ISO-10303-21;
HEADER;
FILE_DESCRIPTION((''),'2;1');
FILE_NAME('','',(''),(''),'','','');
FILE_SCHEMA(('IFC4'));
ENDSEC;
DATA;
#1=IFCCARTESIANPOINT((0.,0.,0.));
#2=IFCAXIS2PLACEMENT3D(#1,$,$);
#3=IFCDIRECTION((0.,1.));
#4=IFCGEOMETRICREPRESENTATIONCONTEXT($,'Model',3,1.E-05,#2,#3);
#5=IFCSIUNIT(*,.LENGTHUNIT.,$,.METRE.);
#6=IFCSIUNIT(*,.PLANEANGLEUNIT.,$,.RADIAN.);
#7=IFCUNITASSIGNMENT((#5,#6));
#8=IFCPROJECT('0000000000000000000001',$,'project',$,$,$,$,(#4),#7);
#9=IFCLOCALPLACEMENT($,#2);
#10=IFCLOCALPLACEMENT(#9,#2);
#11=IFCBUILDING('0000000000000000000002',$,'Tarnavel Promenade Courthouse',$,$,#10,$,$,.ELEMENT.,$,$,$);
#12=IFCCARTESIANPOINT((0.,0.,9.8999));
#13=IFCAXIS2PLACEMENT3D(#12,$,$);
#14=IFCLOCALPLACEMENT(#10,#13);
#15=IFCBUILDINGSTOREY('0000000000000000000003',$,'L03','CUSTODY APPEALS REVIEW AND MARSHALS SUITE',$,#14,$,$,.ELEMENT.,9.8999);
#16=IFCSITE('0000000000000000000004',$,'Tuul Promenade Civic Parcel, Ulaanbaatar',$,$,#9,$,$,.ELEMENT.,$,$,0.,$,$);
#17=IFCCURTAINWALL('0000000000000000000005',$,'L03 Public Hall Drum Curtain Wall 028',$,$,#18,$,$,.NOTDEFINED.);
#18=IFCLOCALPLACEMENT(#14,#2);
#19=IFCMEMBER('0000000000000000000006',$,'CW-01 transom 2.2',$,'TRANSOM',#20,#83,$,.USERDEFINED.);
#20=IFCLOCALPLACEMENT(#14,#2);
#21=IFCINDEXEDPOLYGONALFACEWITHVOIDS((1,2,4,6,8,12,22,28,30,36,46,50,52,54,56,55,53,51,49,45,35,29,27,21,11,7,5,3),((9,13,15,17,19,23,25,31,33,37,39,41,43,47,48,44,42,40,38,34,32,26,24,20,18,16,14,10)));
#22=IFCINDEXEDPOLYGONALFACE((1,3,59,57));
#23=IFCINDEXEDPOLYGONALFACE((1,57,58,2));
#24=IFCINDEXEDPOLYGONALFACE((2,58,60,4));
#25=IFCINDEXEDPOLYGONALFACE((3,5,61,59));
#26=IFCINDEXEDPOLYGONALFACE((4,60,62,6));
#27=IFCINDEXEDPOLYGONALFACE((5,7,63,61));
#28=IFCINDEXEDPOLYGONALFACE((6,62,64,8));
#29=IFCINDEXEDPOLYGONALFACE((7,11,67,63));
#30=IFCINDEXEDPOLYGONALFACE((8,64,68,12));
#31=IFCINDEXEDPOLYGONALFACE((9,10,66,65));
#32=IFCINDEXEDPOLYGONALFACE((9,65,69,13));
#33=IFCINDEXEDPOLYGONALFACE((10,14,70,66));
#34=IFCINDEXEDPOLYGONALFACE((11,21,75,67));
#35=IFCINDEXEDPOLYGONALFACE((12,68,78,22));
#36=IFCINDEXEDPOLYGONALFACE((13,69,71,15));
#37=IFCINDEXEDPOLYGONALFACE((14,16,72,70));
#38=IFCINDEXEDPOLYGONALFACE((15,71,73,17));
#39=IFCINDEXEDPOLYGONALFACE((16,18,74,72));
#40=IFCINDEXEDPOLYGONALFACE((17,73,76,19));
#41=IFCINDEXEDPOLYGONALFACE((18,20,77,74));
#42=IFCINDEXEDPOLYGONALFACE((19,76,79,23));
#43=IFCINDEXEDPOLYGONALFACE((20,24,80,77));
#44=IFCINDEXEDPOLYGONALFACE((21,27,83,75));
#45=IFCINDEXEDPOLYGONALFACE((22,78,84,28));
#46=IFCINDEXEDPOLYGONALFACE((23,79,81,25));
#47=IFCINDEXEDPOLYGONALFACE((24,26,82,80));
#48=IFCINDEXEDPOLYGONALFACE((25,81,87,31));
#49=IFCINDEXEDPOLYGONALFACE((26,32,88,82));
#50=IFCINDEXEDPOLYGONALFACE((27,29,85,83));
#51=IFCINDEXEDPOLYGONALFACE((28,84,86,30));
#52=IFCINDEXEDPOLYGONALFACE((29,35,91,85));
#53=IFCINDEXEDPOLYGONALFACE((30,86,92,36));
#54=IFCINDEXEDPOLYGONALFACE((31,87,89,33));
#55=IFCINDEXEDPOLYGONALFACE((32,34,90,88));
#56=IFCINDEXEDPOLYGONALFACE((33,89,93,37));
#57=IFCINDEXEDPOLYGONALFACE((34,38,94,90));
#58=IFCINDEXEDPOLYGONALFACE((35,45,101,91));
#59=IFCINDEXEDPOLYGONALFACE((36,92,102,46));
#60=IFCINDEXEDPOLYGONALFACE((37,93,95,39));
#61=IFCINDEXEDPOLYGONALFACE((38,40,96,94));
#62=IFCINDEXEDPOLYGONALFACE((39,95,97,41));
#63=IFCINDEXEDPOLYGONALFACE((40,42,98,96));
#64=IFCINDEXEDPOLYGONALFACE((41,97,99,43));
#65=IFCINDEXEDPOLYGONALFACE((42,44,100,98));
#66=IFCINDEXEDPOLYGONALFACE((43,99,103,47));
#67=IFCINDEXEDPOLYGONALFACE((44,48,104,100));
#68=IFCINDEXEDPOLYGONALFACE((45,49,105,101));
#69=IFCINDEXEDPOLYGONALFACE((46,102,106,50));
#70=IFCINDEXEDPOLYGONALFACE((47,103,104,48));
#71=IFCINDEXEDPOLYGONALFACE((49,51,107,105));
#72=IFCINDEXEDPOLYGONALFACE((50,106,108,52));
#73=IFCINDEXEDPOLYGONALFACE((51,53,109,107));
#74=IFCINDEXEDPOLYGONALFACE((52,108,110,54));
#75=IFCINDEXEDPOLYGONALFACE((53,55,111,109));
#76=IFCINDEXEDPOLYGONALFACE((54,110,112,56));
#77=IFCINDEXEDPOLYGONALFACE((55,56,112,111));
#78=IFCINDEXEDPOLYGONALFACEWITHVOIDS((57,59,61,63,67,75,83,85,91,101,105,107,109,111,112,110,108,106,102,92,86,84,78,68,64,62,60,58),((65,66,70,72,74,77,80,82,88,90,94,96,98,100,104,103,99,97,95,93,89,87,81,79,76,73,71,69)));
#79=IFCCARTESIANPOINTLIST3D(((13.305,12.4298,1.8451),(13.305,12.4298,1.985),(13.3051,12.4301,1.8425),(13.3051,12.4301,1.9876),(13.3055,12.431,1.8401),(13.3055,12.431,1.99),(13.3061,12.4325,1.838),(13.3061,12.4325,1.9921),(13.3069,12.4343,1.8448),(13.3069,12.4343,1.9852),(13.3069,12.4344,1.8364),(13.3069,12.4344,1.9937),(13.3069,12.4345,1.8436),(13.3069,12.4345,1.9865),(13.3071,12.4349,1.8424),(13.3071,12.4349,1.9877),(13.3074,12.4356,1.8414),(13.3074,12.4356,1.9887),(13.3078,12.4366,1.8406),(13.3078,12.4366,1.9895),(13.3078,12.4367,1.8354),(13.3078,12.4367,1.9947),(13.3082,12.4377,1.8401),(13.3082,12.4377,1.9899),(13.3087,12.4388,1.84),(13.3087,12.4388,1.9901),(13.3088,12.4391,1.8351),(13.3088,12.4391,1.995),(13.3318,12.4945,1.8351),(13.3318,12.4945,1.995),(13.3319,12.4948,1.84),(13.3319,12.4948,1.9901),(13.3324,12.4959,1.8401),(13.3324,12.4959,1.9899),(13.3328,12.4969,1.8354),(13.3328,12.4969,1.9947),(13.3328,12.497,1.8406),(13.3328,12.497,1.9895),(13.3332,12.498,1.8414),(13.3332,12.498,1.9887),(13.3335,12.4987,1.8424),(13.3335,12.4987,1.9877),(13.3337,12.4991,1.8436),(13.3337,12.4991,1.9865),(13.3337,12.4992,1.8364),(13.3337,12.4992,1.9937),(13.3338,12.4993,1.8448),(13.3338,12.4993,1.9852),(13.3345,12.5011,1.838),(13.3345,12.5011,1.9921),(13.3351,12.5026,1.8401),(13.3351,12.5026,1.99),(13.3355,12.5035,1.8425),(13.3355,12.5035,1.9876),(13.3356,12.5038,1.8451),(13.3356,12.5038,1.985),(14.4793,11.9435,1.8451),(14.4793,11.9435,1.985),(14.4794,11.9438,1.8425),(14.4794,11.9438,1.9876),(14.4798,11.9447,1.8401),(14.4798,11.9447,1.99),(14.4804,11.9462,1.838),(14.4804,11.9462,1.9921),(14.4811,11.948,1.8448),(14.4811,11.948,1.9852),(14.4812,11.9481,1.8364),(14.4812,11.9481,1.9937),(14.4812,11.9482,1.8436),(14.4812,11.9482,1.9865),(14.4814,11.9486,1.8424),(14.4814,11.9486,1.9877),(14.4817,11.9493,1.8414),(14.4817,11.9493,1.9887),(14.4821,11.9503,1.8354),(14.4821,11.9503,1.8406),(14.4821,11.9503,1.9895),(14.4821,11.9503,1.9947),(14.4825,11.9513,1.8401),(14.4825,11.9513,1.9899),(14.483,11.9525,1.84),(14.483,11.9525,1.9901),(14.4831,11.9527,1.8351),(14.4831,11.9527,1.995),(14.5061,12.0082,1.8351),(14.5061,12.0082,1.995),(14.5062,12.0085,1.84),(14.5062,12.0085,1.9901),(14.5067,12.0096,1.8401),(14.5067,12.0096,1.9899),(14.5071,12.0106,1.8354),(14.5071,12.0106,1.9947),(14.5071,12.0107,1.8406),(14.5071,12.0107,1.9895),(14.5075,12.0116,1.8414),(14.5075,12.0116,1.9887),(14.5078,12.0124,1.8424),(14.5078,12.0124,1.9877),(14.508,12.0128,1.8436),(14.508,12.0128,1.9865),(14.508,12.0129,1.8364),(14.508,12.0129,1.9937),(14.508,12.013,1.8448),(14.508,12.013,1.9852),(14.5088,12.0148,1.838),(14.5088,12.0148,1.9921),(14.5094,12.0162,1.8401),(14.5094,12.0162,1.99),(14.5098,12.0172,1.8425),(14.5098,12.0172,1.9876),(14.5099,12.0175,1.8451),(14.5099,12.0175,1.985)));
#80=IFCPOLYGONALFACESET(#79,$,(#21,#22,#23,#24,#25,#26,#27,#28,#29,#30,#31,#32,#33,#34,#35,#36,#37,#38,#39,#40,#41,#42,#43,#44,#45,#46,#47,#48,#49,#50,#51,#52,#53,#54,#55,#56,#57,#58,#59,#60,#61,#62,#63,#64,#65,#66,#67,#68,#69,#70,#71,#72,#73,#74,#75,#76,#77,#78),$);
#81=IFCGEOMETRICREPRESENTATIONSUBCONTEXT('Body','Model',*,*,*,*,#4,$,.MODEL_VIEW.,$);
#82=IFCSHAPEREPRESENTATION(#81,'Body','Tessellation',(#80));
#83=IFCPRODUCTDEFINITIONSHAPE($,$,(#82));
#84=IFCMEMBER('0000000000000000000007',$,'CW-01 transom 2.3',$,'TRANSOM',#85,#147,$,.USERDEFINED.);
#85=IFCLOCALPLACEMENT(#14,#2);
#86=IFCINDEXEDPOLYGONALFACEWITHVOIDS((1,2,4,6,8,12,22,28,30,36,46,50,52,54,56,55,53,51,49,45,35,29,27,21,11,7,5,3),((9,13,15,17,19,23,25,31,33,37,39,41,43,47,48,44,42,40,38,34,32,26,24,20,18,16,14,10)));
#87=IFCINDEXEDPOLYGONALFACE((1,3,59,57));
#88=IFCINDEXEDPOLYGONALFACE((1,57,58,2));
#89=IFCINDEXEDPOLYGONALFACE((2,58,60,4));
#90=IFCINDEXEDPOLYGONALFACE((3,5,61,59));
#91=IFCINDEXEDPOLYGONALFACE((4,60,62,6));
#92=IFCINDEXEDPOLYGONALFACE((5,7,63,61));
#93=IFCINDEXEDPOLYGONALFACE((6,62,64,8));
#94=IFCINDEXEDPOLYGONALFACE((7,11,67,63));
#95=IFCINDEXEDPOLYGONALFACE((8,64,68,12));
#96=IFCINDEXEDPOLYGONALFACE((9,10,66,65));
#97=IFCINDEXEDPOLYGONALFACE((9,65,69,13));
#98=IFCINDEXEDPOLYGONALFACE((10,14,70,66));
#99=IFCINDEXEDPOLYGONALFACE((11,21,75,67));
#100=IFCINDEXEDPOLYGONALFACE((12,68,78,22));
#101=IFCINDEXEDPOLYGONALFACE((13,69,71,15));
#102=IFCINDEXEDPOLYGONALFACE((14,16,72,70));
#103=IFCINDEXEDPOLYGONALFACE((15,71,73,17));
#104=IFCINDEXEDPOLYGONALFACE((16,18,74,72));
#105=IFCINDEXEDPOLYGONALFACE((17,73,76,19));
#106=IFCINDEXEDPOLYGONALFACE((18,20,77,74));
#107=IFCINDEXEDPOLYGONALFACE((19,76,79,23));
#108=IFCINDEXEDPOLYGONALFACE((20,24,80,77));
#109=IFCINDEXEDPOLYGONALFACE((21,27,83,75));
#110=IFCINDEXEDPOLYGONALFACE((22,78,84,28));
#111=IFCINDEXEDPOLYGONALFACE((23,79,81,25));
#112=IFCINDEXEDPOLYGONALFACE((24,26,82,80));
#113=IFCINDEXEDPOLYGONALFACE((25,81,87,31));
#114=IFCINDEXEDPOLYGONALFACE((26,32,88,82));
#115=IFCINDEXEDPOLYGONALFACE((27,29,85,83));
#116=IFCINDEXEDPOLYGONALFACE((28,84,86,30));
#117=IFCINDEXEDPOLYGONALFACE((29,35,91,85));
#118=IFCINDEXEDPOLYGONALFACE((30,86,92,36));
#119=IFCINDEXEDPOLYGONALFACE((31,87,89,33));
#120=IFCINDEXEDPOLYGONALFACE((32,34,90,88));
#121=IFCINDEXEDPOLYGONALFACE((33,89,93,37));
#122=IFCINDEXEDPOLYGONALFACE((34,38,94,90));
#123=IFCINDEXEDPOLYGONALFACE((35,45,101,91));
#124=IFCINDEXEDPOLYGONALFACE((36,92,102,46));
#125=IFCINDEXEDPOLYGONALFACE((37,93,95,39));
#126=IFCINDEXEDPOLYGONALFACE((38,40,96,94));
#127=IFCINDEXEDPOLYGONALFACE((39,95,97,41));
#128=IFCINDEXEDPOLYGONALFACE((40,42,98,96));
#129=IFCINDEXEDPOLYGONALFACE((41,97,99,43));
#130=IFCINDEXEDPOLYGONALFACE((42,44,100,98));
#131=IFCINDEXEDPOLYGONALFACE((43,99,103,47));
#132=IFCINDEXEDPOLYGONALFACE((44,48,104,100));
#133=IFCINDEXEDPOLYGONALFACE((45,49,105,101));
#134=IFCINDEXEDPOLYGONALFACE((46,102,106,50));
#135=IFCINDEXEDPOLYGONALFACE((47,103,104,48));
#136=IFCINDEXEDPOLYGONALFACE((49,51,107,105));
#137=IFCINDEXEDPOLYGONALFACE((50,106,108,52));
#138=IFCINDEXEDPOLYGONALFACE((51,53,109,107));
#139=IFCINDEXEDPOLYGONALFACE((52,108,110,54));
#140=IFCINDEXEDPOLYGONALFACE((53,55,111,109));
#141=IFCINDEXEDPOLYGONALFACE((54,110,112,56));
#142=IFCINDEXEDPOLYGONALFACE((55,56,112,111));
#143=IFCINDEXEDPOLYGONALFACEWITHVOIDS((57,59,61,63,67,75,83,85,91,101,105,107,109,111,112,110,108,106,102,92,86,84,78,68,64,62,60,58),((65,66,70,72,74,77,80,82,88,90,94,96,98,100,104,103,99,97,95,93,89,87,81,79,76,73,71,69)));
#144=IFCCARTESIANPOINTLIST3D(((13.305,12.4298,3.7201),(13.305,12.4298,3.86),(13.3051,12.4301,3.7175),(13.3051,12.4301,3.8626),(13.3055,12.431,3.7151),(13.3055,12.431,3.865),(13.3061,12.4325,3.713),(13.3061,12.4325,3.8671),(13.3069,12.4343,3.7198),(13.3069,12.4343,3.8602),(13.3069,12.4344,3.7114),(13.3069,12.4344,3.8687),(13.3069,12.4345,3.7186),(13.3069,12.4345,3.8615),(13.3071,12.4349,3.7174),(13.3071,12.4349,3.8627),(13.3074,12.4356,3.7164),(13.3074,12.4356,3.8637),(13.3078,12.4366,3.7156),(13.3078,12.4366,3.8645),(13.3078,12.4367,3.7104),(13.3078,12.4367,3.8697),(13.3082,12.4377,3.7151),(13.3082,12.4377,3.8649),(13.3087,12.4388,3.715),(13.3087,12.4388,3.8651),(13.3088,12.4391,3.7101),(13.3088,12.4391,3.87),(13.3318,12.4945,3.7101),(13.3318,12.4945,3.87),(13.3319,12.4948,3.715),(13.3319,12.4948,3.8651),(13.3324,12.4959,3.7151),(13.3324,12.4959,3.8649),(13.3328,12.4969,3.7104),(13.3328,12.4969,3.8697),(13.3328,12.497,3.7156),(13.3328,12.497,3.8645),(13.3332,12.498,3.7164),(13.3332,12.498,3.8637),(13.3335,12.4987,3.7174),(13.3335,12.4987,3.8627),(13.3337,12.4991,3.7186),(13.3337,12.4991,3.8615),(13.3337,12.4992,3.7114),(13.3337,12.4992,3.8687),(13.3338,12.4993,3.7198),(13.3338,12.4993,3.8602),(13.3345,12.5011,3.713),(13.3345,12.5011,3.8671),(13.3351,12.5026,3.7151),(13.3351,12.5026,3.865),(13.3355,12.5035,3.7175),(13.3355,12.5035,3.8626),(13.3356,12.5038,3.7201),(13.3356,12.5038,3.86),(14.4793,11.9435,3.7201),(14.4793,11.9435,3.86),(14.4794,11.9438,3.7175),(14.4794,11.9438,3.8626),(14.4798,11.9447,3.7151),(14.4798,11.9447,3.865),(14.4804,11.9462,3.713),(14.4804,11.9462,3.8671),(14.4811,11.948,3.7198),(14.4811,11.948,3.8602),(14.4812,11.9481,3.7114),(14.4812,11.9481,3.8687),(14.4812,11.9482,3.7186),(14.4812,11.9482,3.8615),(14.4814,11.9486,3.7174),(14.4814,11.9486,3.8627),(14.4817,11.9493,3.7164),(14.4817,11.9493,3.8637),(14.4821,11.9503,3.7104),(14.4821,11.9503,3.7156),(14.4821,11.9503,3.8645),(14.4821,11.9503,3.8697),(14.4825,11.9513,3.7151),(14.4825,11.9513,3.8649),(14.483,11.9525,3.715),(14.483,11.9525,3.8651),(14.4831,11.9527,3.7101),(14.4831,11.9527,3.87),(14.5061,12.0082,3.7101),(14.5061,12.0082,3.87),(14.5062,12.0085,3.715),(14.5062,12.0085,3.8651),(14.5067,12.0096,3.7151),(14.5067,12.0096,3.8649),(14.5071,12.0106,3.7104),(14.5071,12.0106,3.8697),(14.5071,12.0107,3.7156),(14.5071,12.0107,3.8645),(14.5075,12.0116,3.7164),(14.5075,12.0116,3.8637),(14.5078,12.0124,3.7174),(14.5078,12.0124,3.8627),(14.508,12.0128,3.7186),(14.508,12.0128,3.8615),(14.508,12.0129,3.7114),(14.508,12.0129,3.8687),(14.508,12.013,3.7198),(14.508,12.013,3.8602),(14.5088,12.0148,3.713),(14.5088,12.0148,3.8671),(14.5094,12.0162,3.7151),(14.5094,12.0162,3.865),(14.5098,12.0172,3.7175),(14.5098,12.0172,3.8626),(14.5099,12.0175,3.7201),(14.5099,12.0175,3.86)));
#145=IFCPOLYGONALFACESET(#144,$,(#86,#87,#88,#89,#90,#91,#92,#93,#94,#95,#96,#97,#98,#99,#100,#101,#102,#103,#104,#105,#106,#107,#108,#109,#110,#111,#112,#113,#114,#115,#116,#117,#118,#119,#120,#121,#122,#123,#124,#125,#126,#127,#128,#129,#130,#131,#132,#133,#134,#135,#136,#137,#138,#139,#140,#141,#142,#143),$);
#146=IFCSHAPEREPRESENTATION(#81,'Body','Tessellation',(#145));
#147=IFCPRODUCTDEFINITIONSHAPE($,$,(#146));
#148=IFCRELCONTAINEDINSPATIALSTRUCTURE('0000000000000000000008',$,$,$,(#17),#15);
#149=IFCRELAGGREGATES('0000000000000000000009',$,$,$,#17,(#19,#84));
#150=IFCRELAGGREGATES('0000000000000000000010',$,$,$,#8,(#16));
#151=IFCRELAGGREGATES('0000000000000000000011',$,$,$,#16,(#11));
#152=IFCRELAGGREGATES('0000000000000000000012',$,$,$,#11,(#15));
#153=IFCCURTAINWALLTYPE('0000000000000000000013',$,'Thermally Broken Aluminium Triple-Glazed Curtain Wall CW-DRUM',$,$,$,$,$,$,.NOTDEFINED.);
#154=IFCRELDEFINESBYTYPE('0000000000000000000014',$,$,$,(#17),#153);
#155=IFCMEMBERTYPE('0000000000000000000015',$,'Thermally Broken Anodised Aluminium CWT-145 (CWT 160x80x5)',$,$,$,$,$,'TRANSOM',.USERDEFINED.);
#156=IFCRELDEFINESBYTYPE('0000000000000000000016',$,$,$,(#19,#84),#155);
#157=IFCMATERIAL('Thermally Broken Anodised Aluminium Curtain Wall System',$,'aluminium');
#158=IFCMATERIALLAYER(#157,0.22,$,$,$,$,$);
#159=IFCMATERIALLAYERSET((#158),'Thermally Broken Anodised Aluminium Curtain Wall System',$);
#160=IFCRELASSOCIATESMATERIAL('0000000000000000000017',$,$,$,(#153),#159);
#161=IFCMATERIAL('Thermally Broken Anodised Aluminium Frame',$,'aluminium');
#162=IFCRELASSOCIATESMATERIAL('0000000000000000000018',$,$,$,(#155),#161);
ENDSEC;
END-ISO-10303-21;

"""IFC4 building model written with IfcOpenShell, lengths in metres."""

from ifc_helpers import new_model, si_unit, direction, frame, origin, origin_2d, place, context, subcontext, project, spatial, hollow_rectangle, extrude, material, layer, layer_set, material_profile, profile_set, type_object, element, aggregate, save


model = new_model("IFC4")

# Units and contexts
model_context = context("Model", 3, precision=1e-05, world=origin(), true_north=direction((0.0, 1.0)))
body_context = subcontext(model_context, "Body", "Model", "MODEL_VIEW")
ifc_project = project(units=[si_unit("LENGTHUNIT", "METRE"), si_unit("PLANEANGLEUNIT", "RADIAN")], contexts=[model_context])

# Site, building, storey
site_placement = place(None, origin())
site = spatial("IfcSite", under=ifc_project, at=site_placement, Name="Tuul Promenade Civic Parcel, Ulaanbaatar", CompositionType="ELEMENT", RefElevation=0.0)
building_placement = place(site_placement, origin())
building = spatial("IfcBuilding", under=site, at=building_placement, Name="Tarnavel Promenade Courthouse", CompositionType="ELEMENT")
storey_placement = place(building_placement, frame((0.0, 0.0, 9.8999)))
storey = spatial("IfcBuildingStorey", under=building, at=storey_placement, Name="L03", Description="CUSTODY APPEALS REVIEW AND MARSHALS SUITE", CompositionType="ELEMENT", Elevation=9.8999)

# Curtain wall, members
ifc_material_1 = material(Name="Thermally Broken Anodised Aluminium Curtain Wall System", Category="aluminium")
ifc_layer_1 = layer(ifc_material_1, 0.22)
ifc_layer_set_1 = layer_set([ifc_layer_1], Name="Thermally Broken Anodised Aluminium Curtain Wall System")
curtain_wall_type = type_object("IfcCurtainWallType", Name="Thermally Broken Aluminium Triple-Glazed Curtain Wall CW-DRUM", PredefinedType="NOTDEFINED", material=ifc_layer_set_1)
curtain_wall_placement = place(storey_placement, origin())
curtain_wall = element("IfcCurtainWall", 1, at=curtain_wall_placement, inside=storey, type_object=curtain_wall_type, Name="L03 Public Hall Drum Curtain Wall 028", PredefinedType="NOTDEFINED")
ifc_material_2 = material(Name="Thermally Broken Anodised Aluminium Frame", Category="aluminium")
ifc_material_profile_1 = material_profile(ifc_material_2, hollow_rectangle(XDim=0.0801, YDim=0.1599, WallThickness=0.0049, InnerFilletRadius=0.0049, OuterFilletRadius=0.01, at=origin_2d()), Name="CWT 160x80x5")
ifc_profile_set_1 = profile_set([ifc_material_profile_1], Name="Thermally Broken Anodised Aluminium Frame")
member_type_1 = type_object("IfcMemberType", Name="Thermally Broken Anodised Aluminium CWT-145 (CWT 160x80x5)", ElementType="TRANSOM", PredefinedType="USERDEFINED", material=ifc_profile_set_1)
member_1_placement = place(storey_placement, frame((13.3203, 12.4668, 1.915), z_axis=(0.923904, -0.382623, 0.0), x_axis=(0.382623, 0.923904, 0.0)))
member_1 = element("IfcMember", 2, at=member_1_placement, type_object=member_type_1, Name="CW-01 transom 2.2", ObjectType="TRANSOM", PredefinedType="USERDEFINED", context=body_context, shape_type="SweptSolid", body=[
    extrude(hollow_rectangle(XDim=0.0801, YDim=0.1599, WallThickness=0.0049, InnerFilletRadius=0.0049, OuterFilletRadius=0.01, at=origin_2d()), origin(), (0.0, 0.0, 1.0), 1.271),
])
member_2_placement = place(storey_placement, frame((13.3203, 12.4668, 3.79), z_axis=(0.923904, -0.382623, 0.0), x_axis=(0.382623, 0.923904, 0.0)))
member_2 = element("IfcMember", 3, at=member_2_placement, type_object=member_type_1, Name="CW-01 transom 2.3", ObjectType="TRANSOM", PredefinedType="USERDEFINED", context=body_context, shape_type="SweptSolid", body=[
    extrude(hollow_rectangle(XDim=0.0801, YDim=0.1599, WallThickness=0.0049, InnerFilletRadius=0.0049, OuterFilletRadius=0.01, at=origin_2d()), origin(), (0.0, 0.0, 1.0), 1.271),
])

aggregate(curtain_wall, [member_1, member_2])

save(model, "model.ifc")
